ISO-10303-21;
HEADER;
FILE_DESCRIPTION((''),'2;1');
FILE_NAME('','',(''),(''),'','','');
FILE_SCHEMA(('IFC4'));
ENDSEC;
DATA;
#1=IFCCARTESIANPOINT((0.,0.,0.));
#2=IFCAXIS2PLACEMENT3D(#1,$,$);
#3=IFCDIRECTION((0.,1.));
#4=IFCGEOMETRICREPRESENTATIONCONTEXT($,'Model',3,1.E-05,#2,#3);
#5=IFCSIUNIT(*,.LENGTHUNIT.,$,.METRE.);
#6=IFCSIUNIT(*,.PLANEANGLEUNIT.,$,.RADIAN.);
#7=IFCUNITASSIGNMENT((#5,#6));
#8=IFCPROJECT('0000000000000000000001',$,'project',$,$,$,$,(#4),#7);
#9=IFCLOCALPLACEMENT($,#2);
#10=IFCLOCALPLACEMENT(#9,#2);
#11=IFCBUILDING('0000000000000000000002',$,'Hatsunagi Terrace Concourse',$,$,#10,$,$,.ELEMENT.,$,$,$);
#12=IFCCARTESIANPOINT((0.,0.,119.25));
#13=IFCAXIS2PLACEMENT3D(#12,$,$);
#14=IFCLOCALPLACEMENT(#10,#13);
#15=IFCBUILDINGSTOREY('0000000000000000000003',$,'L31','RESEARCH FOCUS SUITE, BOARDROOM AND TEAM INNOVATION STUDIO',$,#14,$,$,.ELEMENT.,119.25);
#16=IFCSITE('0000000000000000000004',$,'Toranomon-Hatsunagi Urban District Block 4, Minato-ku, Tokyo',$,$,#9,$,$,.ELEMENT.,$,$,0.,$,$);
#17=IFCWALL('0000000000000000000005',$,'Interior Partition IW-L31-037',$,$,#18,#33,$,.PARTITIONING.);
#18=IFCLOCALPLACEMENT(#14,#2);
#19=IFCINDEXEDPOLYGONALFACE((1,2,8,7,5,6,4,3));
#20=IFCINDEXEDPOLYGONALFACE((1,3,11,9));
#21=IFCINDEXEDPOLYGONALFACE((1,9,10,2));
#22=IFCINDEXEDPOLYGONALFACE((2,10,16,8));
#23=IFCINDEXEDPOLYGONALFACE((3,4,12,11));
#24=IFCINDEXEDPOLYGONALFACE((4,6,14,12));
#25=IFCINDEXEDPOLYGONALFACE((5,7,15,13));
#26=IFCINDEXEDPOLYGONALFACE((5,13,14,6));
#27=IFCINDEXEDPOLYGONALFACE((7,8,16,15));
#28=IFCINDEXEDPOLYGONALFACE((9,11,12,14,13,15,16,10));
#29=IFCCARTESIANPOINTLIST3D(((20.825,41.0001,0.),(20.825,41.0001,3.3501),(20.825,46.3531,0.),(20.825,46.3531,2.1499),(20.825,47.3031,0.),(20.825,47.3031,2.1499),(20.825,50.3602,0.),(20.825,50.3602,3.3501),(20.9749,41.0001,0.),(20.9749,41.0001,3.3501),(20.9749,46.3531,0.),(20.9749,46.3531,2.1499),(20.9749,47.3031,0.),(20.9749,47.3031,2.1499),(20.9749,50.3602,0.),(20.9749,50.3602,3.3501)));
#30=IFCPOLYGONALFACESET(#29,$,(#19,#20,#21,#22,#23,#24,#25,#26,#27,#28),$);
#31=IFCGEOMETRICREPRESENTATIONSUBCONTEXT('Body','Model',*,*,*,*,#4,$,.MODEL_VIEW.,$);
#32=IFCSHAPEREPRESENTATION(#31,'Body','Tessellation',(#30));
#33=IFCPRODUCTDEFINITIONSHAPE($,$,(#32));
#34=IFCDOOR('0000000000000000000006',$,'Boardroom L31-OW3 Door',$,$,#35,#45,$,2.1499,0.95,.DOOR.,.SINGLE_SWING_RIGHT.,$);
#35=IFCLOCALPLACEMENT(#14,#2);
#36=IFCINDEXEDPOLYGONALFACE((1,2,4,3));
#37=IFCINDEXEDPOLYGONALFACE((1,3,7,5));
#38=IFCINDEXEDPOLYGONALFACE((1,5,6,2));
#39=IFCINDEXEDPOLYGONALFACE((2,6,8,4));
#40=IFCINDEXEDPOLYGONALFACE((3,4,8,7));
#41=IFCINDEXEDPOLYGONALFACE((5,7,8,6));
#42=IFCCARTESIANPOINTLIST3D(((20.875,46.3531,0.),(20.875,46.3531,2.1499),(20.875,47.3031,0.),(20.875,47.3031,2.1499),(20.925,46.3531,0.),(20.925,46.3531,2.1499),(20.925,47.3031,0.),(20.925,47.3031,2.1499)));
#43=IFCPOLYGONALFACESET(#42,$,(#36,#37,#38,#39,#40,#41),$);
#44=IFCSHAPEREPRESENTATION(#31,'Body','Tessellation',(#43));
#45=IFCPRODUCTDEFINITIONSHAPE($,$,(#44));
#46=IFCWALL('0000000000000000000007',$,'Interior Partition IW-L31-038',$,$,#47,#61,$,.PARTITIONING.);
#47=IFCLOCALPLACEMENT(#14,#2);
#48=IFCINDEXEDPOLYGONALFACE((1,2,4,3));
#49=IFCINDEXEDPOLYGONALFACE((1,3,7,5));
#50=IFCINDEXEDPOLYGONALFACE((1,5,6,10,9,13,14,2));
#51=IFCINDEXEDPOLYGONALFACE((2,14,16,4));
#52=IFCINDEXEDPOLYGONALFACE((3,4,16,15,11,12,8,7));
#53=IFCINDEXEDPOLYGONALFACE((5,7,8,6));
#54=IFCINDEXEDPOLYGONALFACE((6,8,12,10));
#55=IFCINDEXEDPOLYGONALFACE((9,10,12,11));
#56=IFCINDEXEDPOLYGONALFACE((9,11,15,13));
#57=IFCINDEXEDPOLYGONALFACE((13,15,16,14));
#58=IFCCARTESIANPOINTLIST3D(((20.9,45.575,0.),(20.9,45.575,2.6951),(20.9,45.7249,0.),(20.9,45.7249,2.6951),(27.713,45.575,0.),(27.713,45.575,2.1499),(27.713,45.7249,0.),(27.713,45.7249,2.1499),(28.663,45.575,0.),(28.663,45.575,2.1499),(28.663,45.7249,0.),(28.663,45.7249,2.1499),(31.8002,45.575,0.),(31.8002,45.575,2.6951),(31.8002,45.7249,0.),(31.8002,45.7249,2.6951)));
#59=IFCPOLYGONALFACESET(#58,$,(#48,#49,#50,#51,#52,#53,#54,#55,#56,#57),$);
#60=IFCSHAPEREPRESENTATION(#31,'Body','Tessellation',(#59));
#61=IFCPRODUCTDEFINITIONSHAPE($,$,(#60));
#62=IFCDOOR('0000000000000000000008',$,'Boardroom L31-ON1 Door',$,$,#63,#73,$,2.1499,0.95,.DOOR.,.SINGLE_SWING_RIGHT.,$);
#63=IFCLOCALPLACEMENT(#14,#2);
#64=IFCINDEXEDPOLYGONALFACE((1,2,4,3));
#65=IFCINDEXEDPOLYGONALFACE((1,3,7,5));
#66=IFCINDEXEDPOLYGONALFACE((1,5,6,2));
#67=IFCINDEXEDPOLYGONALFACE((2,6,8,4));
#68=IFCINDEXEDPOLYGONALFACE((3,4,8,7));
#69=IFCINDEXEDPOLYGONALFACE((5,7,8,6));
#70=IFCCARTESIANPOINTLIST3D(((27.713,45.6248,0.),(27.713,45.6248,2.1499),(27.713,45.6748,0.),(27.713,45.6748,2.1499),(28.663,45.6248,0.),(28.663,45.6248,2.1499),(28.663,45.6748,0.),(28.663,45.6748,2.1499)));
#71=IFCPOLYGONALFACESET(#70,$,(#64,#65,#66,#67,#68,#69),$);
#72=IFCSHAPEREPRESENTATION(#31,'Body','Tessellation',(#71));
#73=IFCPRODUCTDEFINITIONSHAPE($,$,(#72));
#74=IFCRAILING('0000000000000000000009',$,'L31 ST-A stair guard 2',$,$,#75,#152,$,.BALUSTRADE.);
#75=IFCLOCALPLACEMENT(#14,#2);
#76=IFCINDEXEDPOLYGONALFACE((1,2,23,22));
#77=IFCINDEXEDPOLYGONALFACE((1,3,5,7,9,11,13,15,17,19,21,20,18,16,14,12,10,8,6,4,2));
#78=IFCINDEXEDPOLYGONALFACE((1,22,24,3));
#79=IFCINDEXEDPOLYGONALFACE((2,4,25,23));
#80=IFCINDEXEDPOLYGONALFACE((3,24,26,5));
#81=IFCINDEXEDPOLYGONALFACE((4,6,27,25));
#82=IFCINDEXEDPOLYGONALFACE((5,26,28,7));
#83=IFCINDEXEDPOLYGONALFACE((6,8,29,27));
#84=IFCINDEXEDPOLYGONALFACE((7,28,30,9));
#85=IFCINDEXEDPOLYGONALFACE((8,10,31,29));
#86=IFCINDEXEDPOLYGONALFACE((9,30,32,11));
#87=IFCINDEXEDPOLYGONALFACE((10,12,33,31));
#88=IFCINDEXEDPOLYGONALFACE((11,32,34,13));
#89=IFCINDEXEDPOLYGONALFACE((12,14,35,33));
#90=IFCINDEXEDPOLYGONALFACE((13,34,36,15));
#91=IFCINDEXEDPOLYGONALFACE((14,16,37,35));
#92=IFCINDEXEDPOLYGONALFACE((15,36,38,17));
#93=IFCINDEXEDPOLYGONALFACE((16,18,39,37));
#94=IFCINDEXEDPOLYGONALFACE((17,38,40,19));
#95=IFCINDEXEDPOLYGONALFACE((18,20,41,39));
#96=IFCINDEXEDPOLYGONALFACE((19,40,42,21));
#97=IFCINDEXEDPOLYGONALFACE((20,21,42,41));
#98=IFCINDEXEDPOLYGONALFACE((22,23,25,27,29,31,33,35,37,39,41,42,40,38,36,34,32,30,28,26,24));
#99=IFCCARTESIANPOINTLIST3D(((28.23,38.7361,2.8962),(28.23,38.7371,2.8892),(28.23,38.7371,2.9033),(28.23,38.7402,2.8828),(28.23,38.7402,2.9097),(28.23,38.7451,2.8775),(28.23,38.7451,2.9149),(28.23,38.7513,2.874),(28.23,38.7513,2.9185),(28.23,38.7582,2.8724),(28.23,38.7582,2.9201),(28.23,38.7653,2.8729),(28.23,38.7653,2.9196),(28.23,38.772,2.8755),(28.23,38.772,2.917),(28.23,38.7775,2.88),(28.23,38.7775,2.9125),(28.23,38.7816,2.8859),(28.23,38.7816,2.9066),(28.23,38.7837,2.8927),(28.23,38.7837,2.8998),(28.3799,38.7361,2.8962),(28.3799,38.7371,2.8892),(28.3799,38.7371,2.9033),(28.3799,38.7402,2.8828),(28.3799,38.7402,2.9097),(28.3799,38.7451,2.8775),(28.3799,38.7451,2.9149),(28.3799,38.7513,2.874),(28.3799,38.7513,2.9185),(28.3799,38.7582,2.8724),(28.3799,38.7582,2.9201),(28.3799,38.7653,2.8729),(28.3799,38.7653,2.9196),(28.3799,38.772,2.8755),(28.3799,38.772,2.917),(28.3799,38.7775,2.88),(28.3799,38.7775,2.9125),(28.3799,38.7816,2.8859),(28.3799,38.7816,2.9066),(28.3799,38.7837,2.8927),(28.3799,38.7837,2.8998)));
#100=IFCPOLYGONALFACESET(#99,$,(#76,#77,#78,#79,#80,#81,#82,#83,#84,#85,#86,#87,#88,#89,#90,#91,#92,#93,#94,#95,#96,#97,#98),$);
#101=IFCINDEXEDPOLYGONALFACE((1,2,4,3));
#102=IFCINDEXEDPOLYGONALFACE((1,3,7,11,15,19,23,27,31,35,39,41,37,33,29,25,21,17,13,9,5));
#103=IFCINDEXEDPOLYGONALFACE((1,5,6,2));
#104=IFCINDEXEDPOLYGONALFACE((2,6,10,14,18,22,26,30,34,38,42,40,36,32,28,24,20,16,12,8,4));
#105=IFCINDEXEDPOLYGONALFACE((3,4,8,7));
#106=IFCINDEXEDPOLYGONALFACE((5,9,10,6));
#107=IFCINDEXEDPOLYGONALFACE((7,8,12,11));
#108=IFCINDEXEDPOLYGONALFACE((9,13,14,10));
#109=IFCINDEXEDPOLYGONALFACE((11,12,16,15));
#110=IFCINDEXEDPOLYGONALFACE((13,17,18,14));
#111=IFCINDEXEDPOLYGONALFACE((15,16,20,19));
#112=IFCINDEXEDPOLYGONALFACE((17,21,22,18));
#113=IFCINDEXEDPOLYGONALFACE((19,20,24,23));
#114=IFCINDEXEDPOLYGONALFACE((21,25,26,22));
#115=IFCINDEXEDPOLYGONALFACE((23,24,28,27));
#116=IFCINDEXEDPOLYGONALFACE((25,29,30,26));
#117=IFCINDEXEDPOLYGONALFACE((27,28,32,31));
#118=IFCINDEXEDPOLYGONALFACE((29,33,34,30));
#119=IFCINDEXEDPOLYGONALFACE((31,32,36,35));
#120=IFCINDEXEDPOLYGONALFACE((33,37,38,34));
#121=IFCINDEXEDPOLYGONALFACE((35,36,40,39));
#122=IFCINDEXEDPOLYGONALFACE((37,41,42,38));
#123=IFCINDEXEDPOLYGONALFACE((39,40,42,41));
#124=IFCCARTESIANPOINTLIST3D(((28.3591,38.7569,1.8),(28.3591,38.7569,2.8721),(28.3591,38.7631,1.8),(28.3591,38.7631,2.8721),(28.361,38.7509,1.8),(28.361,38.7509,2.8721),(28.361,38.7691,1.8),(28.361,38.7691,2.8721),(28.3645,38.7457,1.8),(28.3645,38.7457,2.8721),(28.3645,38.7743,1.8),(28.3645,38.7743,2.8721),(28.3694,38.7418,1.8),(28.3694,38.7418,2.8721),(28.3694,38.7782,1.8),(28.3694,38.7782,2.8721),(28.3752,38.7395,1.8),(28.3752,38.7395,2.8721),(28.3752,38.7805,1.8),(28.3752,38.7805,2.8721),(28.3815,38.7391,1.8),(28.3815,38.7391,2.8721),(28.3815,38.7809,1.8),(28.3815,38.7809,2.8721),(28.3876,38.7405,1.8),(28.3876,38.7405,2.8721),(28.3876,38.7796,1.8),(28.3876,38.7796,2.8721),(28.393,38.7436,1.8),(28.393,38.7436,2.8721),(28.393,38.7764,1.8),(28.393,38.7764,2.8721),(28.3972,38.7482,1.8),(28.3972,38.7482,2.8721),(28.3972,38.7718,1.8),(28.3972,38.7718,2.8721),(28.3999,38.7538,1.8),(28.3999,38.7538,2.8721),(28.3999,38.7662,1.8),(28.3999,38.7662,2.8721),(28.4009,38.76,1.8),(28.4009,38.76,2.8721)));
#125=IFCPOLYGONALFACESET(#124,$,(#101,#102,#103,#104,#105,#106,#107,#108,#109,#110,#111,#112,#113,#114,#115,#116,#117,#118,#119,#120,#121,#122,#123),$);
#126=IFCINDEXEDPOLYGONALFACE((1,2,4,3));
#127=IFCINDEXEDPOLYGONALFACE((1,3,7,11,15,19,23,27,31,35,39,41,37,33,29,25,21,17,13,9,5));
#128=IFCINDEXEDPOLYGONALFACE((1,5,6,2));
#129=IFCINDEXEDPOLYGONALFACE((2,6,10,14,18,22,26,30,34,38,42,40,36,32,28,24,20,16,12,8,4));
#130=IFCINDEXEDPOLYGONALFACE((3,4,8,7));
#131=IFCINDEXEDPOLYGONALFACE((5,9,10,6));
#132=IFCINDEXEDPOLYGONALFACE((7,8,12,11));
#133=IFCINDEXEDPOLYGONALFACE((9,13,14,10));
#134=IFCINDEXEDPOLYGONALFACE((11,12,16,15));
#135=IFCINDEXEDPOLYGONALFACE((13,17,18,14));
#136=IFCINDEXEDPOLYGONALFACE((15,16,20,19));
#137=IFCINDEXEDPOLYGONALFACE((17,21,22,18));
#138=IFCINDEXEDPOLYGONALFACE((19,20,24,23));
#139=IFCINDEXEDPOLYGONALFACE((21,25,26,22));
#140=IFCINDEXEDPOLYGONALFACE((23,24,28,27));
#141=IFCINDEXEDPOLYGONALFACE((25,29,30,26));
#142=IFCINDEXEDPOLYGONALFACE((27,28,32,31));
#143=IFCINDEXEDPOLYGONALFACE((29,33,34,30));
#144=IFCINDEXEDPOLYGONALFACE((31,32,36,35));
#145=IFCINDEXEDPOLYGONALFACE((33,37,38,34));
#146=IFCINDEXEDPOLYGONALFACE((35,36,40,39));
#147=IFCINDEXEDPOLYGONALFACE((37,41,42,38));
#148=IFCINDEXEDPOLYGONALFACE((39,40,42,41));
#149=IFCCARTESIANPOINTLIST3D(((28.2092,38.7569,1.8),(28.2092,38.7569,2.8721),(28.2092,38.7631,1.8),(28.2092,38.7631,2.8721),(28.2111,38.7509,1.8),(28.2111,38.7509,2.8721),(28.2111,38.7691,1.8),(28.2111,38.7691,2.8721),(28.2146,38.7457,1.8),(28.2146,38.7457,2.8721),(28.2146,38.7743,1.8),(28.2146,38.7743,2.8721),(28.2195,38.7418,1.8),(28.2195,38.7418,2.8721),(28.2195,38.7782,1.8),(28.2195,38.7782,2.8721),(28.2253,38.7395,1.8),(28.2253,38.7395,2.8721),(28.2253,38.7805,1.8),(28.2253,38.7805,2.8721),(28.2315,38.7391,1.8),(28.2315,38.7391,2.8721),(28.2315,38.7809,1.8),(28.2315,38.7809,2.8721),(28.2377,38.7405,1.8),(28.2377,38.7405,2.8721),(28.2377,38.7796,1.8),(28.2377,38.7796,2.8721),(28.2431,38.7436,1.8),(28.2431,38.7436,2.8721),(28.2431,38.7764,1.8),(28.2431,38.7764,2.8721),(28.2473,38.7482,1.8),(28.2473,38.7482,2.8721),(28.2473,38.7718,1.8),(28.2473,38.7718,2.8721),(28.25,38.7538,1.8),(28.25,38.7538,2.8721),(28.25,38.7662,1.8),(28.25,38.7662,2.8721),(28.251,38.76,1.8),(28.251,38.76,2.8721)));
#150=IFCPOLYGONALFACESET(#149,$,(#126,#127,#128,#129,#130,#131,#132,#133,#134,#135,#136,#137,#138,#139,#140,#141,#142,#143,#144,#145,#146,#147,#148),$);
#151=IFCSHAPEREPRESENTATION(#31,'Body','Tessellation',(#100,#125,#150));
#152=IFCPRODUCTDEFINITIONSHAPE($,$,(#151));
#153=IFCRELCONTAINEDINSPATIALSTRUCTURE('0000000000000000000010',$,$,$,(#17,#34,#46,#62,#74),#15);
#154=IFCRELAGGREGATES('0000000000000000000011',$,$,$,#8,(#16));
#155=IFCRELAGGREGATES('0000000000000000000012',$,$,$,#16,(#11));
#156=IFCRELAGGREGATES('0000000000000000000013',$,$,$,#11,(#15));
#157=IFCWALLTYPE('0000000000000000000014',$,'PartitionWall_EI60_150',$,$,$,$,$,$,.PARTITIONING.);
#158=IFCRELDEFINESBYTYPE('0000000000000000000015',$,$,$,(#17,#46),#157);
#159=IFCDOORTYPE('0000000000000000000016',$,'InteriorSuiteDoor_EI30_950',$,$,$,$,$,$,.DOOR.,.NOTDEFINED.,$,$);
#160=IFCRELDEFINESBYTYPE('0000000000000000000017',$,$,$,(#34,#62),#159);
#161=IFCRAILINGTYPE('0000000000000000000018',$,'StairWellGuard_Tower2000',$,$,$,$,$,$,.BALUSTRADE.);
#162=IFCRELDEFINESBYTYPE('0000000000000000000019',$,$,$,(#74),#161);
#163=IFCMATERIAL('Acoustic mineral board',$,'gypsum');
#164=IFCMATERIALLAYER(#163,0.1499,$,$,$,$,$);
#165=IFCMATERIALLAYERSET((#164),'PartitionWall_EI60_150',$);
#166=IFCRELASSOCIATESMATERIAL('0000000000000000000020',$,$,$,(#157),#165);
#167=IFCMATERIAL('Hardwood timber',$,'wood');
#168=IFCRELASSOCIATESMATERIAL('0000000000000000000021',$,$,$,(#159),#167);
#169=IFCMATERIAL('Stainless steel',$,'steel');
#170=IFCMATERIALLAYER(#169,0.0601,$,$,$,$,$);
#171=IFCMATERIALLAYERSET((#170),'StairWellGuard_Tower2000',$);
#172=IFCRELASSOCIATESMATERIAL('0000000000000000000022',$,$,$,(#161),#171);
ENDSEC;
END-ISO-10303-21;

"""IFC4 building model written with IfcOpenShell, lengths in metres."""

from ifc_helpers import new_model, si_unit, direction, frame, frame_2d, origin, origin_2d, place, context, subcontext, project, spatial, rectangle, circle, extrude, material, layer, layer_set, type_object, element, fill, save


model = new_model("IFC4")

# Units and contexts
model_context = context("Model", 3, precision=1e-05, world=origin(), true_north=direction((0.0, 1.0)))
body_context = subcontext(model_context, "Body", "Model", "MODEL_VIEW")
ifc_project = project(units=[si_unit("LENGTHUNIT", "METRE"), si_unit("PLANEANGLEUNIT", "RADIAN")], contexts=[model_context])

# Site, building, storey
site_placement = place(None, origin())
site = spatial("IfcSite", under=ifc_project, at=site_placement, Name="Toranomon-Hatsunagi Urban District Block 4, Minato-ku, Tokyo", CompositionType="ELEMENT", RefElevation=0.0)
building_placement = place(site_placement, origin())
building = spatial("IfcBuilding", under=site, at=building_placement, Name="Hatsunagi Terrace Concourse", CompositionType="ELEMENT")
storey_placement = place(building_placement, frame((0.0, 0.0, 119.25)))
storey = spatial("IfcBuildingStorey", under=building, at=storey_placement, Name="L31", Description="RESEARCH FOCUS SUITE, BOARDROOM AND TEAM INNOVATION STUDIO", CompositionType="ELEMENT", Elevation=119.25)

# Shared definitions
ifc_material_1 = material(Name="Acoustic mineral board", Category="gypsum")
ifc_layer_1 = layer(ifc_material_1, 0.1499)
ifc_layer_set_1 = layer_set([ifc_layer_1], Name="PartitionWall_EI60_150")
wall_type_1 = type_object("IfcWallType", Name="PartitionWall_EI60_150", PredefinedType="PARTITIONING", material=ifc_layer_set_1)

# Walls, openings, doors
wall_1_placement = place(storey_placement, frame((20.8999, 41.0, 0.0), z_axis=(0.0, 0.0, 1.0), x_axis=(0.0, 1.0, 0.0)))
wall_1 = element("IfcWall", 1, at=wall_1_placement, inside=storey, type_object=wall_type_1, Name="Interior Partition IW-L31-037", PredefinedType="PARTITIONING", context=body_context, shape_type="SweptSolid", body=[
    extrude(rectangle(XDim=9.3601, YDim=0.1499, at=frame_2d((4.6802, 0.0))), origin(), (0.0, 0.0, 1.0), 3.3501),
])
opening_1_placement = place(wall_1_placement, frame((5.353, 0.0, 0.0)))
opening_1 = element("IfcOpeningElement", 2, at=opening_1_placement, cuts=wall_1, PredefinedType="OPENING", context=body_context, shape_type="SweptSolid", body=[
    extrude(rectangle(XDim=0.95, YDim=2.1499, at=frame_2d((0.4751, 1.075))), frame((0.0, 0.085, 0.0), z_axis=(0.0, -1.0, 0.0), x_axis=(1.0, 0.0, 0.0)), (0.0, 0.0, 1.0), 0.1699),
])
ifc_material_2 = material(Name="Hardwood timber", Category="wood")
door_type = type_object("IfcDoorType", Name="InteriorSuiteDoor_EI30_950", OperationType="NOTDEFINED", PredefinedType="DOOR", material=ifc_material_2)
door_1_placement = place(opening_1_placement, origin())
door_1 = element("IfcDoor", 3, at=door_1_placement, inside=storey, type_object=door_type, Name="Boardroom L31-OW3 Door", OperationType="SINGLE_SWING_RIGHT", OverallHeight=2.1499, OverallWidth=0.95, PredefinedType="DOOR", context=body_context, shape_type="SweptSolid", body=[
    extrude(rectangle(XDim=0.95, YDim=2.1499, at=frame_2d((0.4751, 1.075))), frame((0.0, 0.0249, 0.0), z_axis=(0.0, -1.0, 0.0), x_axis=(1.0, 0.0, 0.0)), (0.0, 0.0, 1.0), 0.05),
])
fill(opening_1, door_1)
wall_2_placement = place(storey_placement, frame((20.8999, 45.6499, 0.0), z_axis=(0.0, 0.0, 1.0), x_axis=(1.0, 0.0, 0.0)))
wall_2 = element("IfcWall", 4, at=wall_2_placement, inside=storey, type_object=wall_type_1, Name="Interior Partition IW-L31-038", PredefinedType="PARTITIONING", context=body_context, shape_type="SweptSolid", body=[
    extrude(rectangle(XDim=10.9001, YDim=0.1499, at=frame_2d((5.4502, 0.0))), origin(), (0.0, 0.0, 1.0), 2.6951),
])
opening_2_placement = place(wall_2_placement, frame((6.813, 0.0, 0.0)))
opening_2 = element("IfcOpeningElement", 5, at=opening_2_placement, cuts=wall_2, PredefinedType="OPENING", context=body_context, shape_type="SweptSolid", body=[
    extrude(rectangle(XDim=0.95, YDim=2.1499, at=frame_2d((0.4751, 1.075))), frame((0.0, 0.085, 0.0), z_axis=(0.0, -1.0, 0.0), x_axis=(1.0, 0.0, 0.0)), (0.0, 0.0, 1.0), 0.1699),
])
door_2_placement = place(opening_2_placement, origin())
door_2 = element("IfcDoor", 6, at=door_2_placement, inside=storey, type_object=door_type, Name="Boardroom L31-ON1 Door", OperationType="SINGLE_SWING_RIGHT", OverallHeight=2.1499, OverallWidth=0.95, PredefinedType="DOOR", context=body_context, shape_type="SweptSolid", body=[
    extrude(rectangle(XDim=0.95, YDim=2.1499, at=frame_2d((0.4751, 1.075))), frame((0.0, 0.0249, 0.0), z_axis=(0.0, -1.0, 0.0), x_axis=(1.0, 0.0, 0.0)), (0.0, 0.0, 1.0), 0.05),
])
fill(opening_2, door_2)

# Railing
ifc_material_3 = material(Name="Stainless steel", Category="steel")
ifc_layer_2 = layer(ifc_material_3, 0.0601)
ifc_layer_set_2 = layer_set([ifc_layer_2], Name="StairWellGuard_Tower2000")
railing_type = type_object("IfcRailingType", Name="StairWellGuard_Tower2000", PredefinedType="BALUSTRADE", material=ifc_layer_set_2)
railing_1_placement = place(storey_placement, frame((28.3799, 38.76, 1.8)))
element("IfcRailing", 7, at=railing_1_placement, inside=storey, type_object=railing_type, Name="L31 ST-A stair guard 2", PredefinedType="BALUSTRADE", context=body_context, shape_type="SweptSolid", body=[
    extrude(circle(Radius=0.0239, at=origin_2d()), frame((0.0, 0.0, 1.0962), z_axis=(-1.0, 0.0, 0.0), x_axis=(0.0, -1.0, 0.0)), (0.0, 0.0, 1.0), 0.1499),
    extrude(circle(Radius=0.021, at=origin_2d()), origin(), (0.0, 0.0, 1.0), 1.072),
    extrude(circle(Radius=0.021, at=origin_2d()), frame((-0.1499, 0.0, 0.0)), (0.0, 0.0, 1.0), 1.072),
])

save(model, "model.ifc")
